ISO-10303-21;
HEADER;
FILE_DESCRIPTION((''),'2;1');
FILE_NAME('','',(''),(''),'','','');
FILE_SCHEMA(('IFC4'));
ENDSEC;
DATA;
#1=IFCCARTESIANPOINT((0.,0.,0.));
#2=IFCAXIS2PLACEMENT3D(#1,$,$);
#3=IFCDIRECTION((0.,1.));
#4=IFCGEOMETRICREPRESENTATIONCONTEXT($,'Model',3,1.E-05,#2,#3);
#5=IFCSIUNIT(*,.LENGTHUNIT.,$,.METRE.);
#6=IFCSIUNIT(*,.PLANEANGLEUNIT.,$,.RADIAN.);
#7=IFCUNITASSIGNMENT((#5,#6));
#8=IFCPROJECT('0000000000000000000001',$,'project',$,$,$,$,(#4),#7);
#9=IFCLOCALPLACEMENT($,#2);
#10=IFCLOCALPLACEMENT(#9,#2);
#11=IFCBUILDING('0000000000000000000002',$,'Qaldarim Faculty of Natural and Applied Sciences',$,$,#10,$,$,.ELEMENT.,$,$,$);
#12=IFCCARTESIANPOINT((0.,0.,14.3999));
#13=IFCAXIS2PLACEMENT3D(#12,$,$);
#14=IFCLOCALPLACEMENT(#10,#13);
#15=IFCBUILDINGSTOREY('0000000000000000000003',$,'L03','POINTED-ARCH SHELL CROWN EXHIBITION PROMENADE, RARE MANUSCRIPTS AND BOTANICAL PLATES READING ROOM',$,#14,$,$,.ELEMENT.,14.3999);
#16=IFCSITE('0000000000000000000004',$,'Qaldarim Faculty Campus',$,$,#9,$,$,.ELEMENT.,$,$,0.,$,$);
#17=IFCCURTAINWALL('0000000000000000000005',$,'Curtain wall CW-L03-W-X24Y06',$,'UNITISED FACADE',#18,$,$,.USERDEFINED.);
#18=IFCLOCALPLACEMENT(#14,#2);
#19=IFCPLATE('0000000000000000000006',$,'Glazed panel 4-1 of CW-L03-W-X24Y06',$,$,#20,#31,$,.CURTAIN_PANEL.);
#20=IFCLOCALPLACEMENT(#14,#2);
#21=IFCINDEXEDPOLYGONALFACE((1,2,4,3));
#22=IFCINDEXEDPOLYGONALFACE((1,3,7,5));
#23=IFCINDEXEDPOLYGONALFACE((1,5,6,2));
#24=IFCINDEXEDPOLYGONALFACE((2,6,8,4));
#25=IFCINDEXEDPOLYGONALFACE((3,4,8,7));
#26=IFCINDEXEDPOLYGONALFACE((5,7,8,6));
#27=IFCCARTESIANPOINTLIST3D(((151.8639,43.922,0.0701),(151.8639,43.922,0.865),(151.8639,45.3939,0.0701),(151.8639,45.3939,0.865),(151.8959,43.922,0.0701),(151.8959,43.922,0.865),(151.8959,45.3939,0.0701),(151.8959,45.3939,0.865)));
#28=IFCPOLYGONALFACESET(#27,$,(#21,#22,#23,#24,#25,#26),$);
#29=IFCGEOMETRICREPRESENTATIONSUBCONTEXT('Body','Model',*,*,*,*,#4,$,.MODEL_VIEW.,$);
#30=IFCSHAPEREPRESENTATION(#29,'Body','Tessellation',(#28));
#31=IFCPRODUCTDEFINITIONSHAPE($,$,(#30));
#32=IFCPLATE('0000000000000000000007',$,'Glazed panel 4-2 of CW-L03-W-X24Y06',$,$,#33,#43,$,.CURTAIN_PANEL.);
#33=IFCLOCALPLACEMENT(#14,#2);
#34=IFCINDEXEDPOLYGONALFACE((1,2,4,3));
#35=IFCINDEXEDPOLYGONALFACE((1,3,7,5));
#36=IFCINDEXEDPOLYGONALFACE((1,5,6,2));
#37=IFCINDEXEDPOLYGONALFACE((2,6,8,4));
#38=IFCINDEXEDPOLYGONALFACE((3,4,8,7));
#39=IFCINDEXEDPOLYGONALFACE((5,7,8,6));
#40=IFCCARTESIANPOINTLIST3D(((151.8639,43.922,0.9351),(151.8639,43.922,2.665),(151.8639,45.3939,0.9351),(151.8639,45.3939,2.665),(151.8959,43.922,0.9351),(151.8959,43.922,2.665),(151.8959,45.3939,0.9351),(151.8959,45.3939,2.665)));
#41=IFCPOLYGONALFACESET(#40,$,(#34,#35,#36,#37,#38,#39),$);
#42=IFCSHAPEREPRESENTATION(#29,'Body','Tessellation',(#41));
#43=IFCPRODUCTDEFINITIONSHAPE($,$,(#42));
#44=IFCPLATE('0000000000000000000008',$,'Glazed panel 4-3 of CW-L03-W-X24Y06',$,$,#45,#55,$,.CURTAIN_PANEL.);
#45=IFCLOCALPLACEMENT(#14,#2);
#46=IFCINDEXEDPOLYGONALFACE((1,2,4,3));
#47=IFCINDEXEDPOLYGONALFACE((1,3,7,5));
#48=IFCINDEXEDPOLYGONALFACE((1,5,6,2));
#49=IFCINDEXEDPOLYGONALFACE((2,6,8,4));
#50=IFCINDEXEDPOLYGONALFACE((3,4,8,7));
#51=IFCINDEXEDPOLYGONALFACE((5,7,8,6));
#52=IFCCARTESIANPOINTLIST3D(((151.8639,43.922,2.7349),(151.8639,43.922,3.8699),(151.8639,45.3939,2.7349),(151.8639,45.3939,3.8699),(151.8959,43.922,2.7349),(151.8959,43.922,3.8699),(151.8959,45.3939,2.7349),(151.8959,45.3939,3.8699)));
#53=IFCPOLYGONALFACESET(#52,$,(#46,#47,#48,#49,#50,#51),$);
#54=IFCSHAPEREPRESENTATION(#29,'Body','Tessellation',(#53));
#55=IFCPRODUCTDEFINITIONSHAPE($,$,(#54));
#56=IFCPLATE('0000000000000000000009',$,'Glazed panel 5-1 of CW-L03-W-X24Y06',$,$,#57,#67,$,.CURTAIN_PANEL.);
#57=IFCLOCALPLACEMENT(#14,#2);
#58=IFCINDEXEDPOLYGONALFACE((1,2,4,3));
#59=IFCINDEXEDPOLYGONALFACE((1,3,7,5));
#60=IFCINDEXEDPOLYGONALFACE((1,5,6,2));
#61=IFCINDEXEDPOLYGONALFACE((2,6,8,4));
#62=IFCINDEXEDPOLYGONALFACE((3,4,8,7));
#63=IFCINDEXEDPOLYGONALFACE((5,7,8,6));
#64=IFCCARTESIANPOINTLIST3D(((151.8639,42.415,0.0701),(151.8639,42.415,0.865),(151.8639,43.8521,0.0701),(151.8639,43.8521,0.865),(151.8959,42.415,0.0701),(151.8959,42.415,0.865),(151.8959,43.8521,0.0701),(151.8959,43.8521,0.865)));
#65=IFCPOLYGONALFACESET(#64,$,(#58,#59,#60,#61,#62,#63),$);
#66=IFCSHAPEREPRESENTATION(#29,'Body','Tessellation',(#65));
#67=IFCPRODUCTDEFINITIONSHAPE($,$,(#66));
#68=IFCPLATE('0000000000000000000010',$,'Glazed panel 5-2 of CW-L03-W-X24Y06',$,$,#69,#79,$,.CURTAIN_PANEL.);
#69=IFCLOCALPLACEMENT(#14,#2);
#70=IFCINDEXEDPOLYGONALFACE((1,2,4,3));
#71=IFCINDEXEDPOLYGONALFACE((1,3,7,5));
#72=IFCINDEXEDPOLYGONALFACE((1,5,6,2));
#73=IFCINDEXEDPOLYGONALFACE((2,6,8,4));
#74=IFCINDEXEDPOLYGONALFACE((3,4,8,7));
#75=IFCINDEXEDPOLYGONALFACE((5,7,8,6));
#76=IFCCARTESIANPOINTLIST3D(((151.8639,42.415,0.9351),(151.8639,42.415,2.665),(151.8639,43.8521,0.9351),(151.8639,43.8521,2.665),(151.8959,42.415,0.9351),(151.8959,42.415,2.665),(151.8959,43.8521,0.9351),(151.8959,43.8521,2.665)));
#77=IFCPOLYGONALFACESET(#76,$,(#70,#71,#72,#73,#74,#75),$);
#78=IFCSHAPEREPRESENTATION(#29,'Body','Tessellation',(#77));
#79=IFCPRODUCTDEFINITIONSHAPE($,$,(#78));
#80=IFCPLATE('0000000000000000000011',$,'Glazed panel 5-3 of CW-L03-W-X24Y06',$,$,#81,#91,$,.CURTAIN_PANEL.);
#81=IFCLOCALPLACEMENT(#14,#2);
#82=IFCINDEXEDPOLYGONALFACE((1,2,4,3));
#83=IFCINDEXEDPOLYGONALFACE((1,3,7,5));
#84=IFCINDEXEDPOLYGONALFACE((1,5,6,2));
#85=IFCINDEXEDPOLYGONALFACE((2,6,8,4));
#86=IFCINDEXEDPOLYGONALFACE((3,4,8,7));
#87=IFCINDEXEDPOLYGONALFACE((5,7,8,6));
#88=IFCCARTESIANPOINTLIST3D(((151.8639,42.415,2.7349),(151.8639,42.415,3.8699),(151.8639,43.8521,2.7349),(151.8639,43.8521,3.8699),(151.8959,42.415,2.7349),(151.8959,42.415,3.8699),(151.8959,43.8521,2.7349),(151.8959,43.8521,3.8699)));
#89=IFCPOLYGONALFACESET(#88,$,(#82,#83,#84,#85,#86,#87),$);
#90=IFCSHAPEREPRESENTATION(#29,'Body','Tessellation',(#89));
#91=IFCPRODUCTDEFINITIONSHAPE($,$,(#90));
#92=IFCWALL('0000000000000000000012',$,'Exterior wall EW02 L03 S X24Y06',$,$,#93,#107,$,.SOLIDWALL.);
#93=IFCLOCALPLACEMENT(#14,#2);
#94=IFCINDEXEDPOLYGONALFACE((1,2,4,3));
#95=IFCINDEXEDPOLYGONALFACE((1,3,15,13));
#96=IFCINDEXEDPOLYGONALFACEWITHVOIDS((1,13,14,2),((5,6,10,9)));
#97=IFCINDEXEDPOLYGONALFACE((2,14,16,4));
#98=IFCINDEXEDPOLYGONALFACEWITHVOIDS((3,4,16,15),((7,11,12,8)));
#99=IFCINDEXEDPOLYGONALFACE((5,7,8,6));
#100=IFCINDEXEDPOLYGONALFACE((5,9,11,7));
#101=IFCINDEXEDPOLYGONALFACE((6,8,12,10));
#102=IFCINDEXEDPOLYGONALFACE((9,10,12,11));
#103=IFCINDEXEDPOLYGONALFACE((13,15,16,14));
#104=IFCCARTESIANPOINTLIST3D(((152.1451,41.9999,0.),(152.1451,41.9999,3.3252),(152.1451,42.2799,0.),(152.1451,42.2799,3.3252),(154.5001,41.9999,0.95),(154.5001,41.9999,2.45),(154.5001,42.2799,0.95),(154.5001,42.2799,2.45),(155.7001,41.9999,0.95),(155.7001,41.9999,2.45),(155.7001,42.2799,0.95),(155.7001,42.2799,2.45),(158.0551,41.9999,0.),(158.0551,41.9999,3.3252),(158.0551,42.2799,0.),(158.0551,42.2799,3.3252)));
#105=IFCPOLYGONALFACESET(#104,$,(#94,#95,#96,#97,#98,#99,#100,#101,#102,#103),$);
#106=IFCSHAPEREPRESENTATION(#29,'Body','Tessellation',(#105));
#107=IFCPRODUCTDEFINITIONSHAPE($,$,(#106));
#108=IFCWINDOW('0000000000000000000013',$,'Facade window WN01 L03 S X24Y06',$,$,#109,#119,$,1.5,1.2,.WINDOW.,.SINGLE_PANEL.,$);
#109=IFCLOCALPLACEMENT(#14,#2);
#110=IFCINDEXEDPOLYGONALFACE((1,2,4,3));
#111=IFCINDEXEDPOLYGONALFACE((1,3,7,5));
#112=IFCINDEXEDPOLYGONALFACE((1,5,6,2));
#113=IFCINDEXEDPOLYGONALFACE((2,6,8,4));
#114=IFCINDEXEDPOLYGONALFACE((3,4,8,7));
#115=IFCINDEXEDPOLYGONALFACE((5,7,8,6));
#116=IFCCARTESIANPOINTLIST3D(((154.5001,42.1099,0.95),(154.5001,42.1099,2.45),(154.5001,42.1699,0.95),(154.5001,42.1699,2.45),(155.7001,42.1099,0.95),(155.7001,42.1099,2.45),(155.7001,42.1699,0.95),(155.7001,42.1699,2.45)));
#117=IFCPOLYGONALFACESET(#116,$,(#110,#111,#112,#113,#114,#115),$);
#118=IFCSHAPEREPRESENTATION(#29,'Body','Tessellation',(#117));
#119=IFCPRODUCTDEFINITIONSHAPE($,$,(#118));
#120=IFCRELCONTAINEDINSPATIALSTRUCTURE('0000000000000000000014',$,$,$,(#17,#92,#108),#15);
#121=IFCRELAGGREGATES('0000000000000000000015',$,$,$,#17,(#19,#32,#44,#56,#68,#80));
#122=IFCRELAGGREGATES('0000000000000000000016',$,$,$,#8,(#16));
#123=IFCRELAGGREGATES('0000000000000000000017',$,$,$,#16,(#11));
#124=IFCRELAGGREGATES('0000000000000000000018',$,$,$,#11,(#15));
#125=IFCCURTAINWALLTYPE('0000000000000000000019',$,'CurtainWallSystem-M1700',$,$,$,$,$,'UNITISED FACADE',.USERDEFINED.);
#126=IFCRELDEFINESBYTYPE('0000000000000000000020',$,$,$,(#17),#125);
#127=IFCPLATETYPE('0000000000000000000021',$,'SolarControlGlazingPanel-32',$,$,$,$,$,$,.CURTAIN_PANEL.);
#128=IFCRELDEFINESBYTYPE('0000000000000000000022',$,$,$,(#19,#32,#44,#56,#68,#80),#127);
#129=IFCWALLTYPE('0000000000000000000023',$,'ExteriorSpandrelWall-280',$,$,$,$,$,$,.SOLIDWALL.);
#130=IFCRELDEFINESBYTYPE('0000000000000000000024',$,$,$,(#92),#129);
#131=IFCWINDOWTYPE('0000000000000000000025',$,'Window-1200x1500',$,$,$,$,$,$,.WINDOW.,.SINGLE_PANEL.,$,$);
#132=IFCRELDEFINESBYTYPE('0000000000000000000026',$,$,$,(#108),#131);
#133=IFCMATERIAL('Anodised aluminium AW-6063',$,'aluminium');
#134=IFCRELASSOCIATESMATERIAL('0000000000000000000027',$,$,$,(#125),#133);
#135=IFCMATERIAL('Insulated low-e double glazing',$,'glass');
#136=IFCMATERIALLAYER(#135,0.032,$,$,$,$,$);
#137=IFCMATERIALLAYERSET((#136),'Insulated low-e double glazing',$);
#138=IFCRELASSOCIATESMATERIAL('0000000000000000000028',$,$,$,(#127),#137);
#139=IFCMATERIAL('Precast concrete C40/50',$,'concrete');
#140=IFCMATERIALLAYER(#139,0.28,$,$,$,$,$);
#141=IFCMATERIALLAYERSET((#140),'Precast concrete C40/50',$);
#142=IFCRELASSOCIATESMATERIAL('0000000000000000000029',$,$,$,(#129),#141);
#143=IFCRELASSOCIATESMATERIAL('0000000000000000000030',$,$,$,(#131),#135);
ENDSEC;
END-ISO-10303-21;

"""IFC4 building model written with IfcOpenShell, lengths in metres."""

from ifc_helpers import new_model, si_unit, direction, frame, frame_2d, origin, origin_2d, place, context, subcontext, project, spatial, rectangle, extrude, material, layer, layer_set, type_object, element, fill, aggregate, save


model = new_model("IFC4")

# Units and contexts
model_context = context("Model", 3, precision=1e-05, world=origin(), true_north=direction((0.0, 1.0)))
body_context = subcontext(model_context, "Body", "Model", "MODEL_VIEW")
ifc_project = project(units=[si_unit("LENGTHUNIT", "METRE"), si_unit("PLANEANGLEUNIT", "RADIAN")], contexts=[model_context])

# Site, building, storey
site_placement = place(None, origin())
site = spatial("IfcSite", under=ifc_project, at=site_placement, Name="Qaldarim Faculty Campus", CompositionType="ELEMENT", RefElevation=0.0)
building_placement = place(site_placement, origin())
building = spatial("IfcBuilding", under=site, at=building_placement, Name="Qaldarim Faculty of Natural and Applied Sciences", CompositionType="ELEMENT")
storey_placement = place(building_placement, frame((0.0, 0.0, 14.3999)))
storey = spatial("IfcBuildingStorey", under=building, at=storey_placement, Name="L03", Description="POINTED-ARCH SHELL CROWN EXHIBITION PROMENADE, RARE MANUSCRIPTS AND BOTANICAL PLATES READING ROOM", CompositionType="ELEMENT", Elevation=14.3999)

# Curtain wall
ifc_material_1 = material(Name="Anodised aluminium AW-6063", Category="aluminium")
curtain_wall_type = type_object("IfcCurtainWallType", Name="CurtainWallSystem-M1700", ElementType="UNITISED FACADE", PredefinedType="USERDEFINED", material=ifc_material_1)
curtain_wall_placement = place(storey_placement, origin())
curtain_wall = element("IfcCurtainWall", 1, at=curtain_wall_placement, inside=storey, type_object=curtain_wall_type, Name="Curtain wall CW-L03-W-X24Y06", ObjectType="UNITISED FACADE", PredefinedType="USERDEFINED")

# Shared definitions
ifc_material_2 = material(Name="Precast concrete C40/50", Category="concrete")

# Plates
ifc_material_3 = material(Name="Insulated low-e double glazing", Category="glass")
ifc_layer_1 = layer(ifc_material_3, 0.032)
ifc_layer_set_1 = layer_set([ifc_layer_1], Name="Insulated low-e double glazing")
plate_type = type_object("IfcPlateType", Name="SolarControlGlazingPanel-32", PredefinedType="CURTAIN_PANEL", material=ifc_layer_set_1)
plate_1_placement = place(storey_placement, frame((151.8799, 44.658, 0.0701), z_axis=(0.0, 0.0, 1.0), x_axis=(0.0, -1.0, 0.0)))
plate_1 = element("IfcPlate", 2, at=plate_1_placement, type_object=plate_type, Name="Glazed panel 4-1 of CW-L03-W-X24Y06", PredefinedType="CURTAIN_PANEL", context=body_context, shape_type="SweptSolid", body=[
    extrude(rectangle(XDim=1.4719, YDim=0.032, at=origin_2d()), origin(), (0.0, 0.0, 1.0), 0.7949),
])
plate_2_placement = place(storey_placement, frame((151.8799, 44.658, 0.9351), z_axis=(0.0, 0.0, 1.0), x_axis=(0.0, -1.0, 0.0)))
plate_2 = element("IfcPlate", 3, at=plate_2_placement, type_object=plate_type, Name="Glazed panel 4-2 of CW-L03-W-X24Y06", PredefinedType="CURTAIN_PANEL", context=body_context, shape_type="SweptSolid", body=[
    extrude(rectangle(XDim=1.4719, YDim=0.032, at=origin_2d()), origin(), (0.0, 0.0, 1.0), 1.73),
])
plate_3_placement = place(storey_placement, frame((151.8799, 44.658, 2.7349), z_axis=(0.0, 0.0, 1.0), x_axis=(0.0, -1.0, 0.0)))
plate_3 = element("IfcPlate", 4, at=plate_3_placement, type_object=plate_type, Name="Glazed panel 4-3 of CW-L03-W-X24Y06", PredefinedType="CURTAIN_PANEL", context=body_context, shape_type="SweptSolid", body=[
    extrude(rectangle(XDim=1.4719, YDim=0.032, at=origin_2d()), origin(), (0.0, 0.0, 1.0), 1.135),
])
plate_4_placement = place(storey_placement, frame((151.8799, 43.1335, 0.0701), z_axis=(0.0, 0.0, 1.0), x_axis=(0.0, -1.0, 0.0)))
plate_4 = element("IfcPlate", 5, at=plate_4_placement, type_object=plate_type, Name="Glazed panel 5-1 of CW-L03-W-X24Y06", PredefinedType="CURTAIN_PANEL", context=body_context, shape_type="SweptSolid", body=[
    extrude(rectangle(XDim=1.437, YDim=0.032, at=origin_2d()), origin(), (0.0, 0.0, 1.0), 0.7949),
])
plate_5_placement = place(storey_placement, frame((151.8799, 43.1335, 0.9351), z_axis=(0.0, 0.0, 1.0), x_axis=(0.0, -1.0, 0.0)))
plate_5 = element("IfcPlate", 6, at=plate_5_placement, type_object=plate_type, Name="Glazed panel 5-2 of CW-L03-W-X24Y06", PredefinedType="CURTAIN_PANEL", context=body_context, shape_type="SweptSolid", body=[
    extrude(rectangle(XDim=1.437, YDim=0.032, at=origin_2d()), origin(), (0.0, 0.0, 1.0), 1.73),
])
plate_6_placement = place(storey_placement, frame((151.8799, 43.1335, 2.7349), z_axis=(0.0, 0.0, 1.0), x_axis=(0.0, -1.0, 0.0)))
plate_6 = element("IfcPlate", 7, at=plate_6_placement, type_object=plate_type, Name="Glazed panel 5-3 of CW-L03-W-X24Y06", PredefinedType="CURTAIN_PANEL", context=body_context, shape_type="SweptSolid", body=[
    extrude(rectangle(XDim=1.437, YDim=0.032, at=origin_2d()), origin(), (0.0, 0.0, 1.0), 1.135),
])
aggregate(curtain_wall, [plate_1, plate_2, plate_3, plate_4, plate_5, plate_6])

# Wall, opening, window
ifc_layer_2 = layer(ifc_material_2, 0.28)
ifc_layer_set_2 = layer_set([ifc_layer_2], Name="Precast concrete C40/50")
wall_type = type_object("IfcWallType", Name="ExteriorSpandrelWall-280", PredefinedType="SOLIDWALL", material=ifc_layer_set_2)
wall_placement = place(storey_placement, frame((152.145, 42.1399, 0.0), z_axis=(0.0, 0.0, 1.0), x_axis=(1.0, 0.0, 0.0)))
wall = element("IfcWall", 8, at=wall_placement, inside=storey, type_object=wall_type, Name="Exterior wall EW02 L03 S X24Y06", PredefinedType="SOLIDWALL", context=body_context, shape_type="SweptSolid", body=[
    extrude(rectangle(XDim=5.9099, YDim=0.28, at=frame_2d((2.9551, 0.0))), origin(), (0.0, 0.0, 1.0), 3.3252),
])
opening_placement = place(wall_placement, frame((2.355, 0.0, 0.95)))
opening = element("IfcOpeningElement", 9, at=opening_placement, cuts=wall, PredefinedType="OPENING", context=body_context, shape_type="SweptSolid", body=[
    extrude(rectangle(XDim=1.2, YDim=1.5, at=frame_2d((0.6001, 0.75))), frame((0.0, 0.1499, 0.0), z_axis=(0.0, -1.0, 0.0), x_axis=(1.0, 0.0, 0.0)), (0.0, 0.0, 1.0), 0.3),
])
window_type = type_object("IfcWindowType", Name="Window-1200x1500", PartitioningType="SINGLE_PANEL", PredefinedType="WINDOW", material=ifc_material_3)
window_placement = place(opening_placement, origin())
window = element("IfcWindow", 10, at=window_placement, inside=storey, type_object=window_type, Name="Facade window WN01 L03 S X24Y06", OverallHeight=1.5, OverallWidth=1.2, PartitioningType="SINGLE_PANEL", PredefinedType="WINDOW", context=body_context, shape_type="SweptSolid", body=[
    extrude(rectangle(XDim=1.2, YDim=1.5, at=frame_2d((0.6001, 0.75))), frame((0.0, 0.03, 0.0), z_axis=(0.0, -1.0, 0.0), x_axis=(1.0, 0.0, 0.0)), (0.0, 0.0, 1.0), 0.0601),
])
fill(opening, window)

save(model, "model.ifc")
